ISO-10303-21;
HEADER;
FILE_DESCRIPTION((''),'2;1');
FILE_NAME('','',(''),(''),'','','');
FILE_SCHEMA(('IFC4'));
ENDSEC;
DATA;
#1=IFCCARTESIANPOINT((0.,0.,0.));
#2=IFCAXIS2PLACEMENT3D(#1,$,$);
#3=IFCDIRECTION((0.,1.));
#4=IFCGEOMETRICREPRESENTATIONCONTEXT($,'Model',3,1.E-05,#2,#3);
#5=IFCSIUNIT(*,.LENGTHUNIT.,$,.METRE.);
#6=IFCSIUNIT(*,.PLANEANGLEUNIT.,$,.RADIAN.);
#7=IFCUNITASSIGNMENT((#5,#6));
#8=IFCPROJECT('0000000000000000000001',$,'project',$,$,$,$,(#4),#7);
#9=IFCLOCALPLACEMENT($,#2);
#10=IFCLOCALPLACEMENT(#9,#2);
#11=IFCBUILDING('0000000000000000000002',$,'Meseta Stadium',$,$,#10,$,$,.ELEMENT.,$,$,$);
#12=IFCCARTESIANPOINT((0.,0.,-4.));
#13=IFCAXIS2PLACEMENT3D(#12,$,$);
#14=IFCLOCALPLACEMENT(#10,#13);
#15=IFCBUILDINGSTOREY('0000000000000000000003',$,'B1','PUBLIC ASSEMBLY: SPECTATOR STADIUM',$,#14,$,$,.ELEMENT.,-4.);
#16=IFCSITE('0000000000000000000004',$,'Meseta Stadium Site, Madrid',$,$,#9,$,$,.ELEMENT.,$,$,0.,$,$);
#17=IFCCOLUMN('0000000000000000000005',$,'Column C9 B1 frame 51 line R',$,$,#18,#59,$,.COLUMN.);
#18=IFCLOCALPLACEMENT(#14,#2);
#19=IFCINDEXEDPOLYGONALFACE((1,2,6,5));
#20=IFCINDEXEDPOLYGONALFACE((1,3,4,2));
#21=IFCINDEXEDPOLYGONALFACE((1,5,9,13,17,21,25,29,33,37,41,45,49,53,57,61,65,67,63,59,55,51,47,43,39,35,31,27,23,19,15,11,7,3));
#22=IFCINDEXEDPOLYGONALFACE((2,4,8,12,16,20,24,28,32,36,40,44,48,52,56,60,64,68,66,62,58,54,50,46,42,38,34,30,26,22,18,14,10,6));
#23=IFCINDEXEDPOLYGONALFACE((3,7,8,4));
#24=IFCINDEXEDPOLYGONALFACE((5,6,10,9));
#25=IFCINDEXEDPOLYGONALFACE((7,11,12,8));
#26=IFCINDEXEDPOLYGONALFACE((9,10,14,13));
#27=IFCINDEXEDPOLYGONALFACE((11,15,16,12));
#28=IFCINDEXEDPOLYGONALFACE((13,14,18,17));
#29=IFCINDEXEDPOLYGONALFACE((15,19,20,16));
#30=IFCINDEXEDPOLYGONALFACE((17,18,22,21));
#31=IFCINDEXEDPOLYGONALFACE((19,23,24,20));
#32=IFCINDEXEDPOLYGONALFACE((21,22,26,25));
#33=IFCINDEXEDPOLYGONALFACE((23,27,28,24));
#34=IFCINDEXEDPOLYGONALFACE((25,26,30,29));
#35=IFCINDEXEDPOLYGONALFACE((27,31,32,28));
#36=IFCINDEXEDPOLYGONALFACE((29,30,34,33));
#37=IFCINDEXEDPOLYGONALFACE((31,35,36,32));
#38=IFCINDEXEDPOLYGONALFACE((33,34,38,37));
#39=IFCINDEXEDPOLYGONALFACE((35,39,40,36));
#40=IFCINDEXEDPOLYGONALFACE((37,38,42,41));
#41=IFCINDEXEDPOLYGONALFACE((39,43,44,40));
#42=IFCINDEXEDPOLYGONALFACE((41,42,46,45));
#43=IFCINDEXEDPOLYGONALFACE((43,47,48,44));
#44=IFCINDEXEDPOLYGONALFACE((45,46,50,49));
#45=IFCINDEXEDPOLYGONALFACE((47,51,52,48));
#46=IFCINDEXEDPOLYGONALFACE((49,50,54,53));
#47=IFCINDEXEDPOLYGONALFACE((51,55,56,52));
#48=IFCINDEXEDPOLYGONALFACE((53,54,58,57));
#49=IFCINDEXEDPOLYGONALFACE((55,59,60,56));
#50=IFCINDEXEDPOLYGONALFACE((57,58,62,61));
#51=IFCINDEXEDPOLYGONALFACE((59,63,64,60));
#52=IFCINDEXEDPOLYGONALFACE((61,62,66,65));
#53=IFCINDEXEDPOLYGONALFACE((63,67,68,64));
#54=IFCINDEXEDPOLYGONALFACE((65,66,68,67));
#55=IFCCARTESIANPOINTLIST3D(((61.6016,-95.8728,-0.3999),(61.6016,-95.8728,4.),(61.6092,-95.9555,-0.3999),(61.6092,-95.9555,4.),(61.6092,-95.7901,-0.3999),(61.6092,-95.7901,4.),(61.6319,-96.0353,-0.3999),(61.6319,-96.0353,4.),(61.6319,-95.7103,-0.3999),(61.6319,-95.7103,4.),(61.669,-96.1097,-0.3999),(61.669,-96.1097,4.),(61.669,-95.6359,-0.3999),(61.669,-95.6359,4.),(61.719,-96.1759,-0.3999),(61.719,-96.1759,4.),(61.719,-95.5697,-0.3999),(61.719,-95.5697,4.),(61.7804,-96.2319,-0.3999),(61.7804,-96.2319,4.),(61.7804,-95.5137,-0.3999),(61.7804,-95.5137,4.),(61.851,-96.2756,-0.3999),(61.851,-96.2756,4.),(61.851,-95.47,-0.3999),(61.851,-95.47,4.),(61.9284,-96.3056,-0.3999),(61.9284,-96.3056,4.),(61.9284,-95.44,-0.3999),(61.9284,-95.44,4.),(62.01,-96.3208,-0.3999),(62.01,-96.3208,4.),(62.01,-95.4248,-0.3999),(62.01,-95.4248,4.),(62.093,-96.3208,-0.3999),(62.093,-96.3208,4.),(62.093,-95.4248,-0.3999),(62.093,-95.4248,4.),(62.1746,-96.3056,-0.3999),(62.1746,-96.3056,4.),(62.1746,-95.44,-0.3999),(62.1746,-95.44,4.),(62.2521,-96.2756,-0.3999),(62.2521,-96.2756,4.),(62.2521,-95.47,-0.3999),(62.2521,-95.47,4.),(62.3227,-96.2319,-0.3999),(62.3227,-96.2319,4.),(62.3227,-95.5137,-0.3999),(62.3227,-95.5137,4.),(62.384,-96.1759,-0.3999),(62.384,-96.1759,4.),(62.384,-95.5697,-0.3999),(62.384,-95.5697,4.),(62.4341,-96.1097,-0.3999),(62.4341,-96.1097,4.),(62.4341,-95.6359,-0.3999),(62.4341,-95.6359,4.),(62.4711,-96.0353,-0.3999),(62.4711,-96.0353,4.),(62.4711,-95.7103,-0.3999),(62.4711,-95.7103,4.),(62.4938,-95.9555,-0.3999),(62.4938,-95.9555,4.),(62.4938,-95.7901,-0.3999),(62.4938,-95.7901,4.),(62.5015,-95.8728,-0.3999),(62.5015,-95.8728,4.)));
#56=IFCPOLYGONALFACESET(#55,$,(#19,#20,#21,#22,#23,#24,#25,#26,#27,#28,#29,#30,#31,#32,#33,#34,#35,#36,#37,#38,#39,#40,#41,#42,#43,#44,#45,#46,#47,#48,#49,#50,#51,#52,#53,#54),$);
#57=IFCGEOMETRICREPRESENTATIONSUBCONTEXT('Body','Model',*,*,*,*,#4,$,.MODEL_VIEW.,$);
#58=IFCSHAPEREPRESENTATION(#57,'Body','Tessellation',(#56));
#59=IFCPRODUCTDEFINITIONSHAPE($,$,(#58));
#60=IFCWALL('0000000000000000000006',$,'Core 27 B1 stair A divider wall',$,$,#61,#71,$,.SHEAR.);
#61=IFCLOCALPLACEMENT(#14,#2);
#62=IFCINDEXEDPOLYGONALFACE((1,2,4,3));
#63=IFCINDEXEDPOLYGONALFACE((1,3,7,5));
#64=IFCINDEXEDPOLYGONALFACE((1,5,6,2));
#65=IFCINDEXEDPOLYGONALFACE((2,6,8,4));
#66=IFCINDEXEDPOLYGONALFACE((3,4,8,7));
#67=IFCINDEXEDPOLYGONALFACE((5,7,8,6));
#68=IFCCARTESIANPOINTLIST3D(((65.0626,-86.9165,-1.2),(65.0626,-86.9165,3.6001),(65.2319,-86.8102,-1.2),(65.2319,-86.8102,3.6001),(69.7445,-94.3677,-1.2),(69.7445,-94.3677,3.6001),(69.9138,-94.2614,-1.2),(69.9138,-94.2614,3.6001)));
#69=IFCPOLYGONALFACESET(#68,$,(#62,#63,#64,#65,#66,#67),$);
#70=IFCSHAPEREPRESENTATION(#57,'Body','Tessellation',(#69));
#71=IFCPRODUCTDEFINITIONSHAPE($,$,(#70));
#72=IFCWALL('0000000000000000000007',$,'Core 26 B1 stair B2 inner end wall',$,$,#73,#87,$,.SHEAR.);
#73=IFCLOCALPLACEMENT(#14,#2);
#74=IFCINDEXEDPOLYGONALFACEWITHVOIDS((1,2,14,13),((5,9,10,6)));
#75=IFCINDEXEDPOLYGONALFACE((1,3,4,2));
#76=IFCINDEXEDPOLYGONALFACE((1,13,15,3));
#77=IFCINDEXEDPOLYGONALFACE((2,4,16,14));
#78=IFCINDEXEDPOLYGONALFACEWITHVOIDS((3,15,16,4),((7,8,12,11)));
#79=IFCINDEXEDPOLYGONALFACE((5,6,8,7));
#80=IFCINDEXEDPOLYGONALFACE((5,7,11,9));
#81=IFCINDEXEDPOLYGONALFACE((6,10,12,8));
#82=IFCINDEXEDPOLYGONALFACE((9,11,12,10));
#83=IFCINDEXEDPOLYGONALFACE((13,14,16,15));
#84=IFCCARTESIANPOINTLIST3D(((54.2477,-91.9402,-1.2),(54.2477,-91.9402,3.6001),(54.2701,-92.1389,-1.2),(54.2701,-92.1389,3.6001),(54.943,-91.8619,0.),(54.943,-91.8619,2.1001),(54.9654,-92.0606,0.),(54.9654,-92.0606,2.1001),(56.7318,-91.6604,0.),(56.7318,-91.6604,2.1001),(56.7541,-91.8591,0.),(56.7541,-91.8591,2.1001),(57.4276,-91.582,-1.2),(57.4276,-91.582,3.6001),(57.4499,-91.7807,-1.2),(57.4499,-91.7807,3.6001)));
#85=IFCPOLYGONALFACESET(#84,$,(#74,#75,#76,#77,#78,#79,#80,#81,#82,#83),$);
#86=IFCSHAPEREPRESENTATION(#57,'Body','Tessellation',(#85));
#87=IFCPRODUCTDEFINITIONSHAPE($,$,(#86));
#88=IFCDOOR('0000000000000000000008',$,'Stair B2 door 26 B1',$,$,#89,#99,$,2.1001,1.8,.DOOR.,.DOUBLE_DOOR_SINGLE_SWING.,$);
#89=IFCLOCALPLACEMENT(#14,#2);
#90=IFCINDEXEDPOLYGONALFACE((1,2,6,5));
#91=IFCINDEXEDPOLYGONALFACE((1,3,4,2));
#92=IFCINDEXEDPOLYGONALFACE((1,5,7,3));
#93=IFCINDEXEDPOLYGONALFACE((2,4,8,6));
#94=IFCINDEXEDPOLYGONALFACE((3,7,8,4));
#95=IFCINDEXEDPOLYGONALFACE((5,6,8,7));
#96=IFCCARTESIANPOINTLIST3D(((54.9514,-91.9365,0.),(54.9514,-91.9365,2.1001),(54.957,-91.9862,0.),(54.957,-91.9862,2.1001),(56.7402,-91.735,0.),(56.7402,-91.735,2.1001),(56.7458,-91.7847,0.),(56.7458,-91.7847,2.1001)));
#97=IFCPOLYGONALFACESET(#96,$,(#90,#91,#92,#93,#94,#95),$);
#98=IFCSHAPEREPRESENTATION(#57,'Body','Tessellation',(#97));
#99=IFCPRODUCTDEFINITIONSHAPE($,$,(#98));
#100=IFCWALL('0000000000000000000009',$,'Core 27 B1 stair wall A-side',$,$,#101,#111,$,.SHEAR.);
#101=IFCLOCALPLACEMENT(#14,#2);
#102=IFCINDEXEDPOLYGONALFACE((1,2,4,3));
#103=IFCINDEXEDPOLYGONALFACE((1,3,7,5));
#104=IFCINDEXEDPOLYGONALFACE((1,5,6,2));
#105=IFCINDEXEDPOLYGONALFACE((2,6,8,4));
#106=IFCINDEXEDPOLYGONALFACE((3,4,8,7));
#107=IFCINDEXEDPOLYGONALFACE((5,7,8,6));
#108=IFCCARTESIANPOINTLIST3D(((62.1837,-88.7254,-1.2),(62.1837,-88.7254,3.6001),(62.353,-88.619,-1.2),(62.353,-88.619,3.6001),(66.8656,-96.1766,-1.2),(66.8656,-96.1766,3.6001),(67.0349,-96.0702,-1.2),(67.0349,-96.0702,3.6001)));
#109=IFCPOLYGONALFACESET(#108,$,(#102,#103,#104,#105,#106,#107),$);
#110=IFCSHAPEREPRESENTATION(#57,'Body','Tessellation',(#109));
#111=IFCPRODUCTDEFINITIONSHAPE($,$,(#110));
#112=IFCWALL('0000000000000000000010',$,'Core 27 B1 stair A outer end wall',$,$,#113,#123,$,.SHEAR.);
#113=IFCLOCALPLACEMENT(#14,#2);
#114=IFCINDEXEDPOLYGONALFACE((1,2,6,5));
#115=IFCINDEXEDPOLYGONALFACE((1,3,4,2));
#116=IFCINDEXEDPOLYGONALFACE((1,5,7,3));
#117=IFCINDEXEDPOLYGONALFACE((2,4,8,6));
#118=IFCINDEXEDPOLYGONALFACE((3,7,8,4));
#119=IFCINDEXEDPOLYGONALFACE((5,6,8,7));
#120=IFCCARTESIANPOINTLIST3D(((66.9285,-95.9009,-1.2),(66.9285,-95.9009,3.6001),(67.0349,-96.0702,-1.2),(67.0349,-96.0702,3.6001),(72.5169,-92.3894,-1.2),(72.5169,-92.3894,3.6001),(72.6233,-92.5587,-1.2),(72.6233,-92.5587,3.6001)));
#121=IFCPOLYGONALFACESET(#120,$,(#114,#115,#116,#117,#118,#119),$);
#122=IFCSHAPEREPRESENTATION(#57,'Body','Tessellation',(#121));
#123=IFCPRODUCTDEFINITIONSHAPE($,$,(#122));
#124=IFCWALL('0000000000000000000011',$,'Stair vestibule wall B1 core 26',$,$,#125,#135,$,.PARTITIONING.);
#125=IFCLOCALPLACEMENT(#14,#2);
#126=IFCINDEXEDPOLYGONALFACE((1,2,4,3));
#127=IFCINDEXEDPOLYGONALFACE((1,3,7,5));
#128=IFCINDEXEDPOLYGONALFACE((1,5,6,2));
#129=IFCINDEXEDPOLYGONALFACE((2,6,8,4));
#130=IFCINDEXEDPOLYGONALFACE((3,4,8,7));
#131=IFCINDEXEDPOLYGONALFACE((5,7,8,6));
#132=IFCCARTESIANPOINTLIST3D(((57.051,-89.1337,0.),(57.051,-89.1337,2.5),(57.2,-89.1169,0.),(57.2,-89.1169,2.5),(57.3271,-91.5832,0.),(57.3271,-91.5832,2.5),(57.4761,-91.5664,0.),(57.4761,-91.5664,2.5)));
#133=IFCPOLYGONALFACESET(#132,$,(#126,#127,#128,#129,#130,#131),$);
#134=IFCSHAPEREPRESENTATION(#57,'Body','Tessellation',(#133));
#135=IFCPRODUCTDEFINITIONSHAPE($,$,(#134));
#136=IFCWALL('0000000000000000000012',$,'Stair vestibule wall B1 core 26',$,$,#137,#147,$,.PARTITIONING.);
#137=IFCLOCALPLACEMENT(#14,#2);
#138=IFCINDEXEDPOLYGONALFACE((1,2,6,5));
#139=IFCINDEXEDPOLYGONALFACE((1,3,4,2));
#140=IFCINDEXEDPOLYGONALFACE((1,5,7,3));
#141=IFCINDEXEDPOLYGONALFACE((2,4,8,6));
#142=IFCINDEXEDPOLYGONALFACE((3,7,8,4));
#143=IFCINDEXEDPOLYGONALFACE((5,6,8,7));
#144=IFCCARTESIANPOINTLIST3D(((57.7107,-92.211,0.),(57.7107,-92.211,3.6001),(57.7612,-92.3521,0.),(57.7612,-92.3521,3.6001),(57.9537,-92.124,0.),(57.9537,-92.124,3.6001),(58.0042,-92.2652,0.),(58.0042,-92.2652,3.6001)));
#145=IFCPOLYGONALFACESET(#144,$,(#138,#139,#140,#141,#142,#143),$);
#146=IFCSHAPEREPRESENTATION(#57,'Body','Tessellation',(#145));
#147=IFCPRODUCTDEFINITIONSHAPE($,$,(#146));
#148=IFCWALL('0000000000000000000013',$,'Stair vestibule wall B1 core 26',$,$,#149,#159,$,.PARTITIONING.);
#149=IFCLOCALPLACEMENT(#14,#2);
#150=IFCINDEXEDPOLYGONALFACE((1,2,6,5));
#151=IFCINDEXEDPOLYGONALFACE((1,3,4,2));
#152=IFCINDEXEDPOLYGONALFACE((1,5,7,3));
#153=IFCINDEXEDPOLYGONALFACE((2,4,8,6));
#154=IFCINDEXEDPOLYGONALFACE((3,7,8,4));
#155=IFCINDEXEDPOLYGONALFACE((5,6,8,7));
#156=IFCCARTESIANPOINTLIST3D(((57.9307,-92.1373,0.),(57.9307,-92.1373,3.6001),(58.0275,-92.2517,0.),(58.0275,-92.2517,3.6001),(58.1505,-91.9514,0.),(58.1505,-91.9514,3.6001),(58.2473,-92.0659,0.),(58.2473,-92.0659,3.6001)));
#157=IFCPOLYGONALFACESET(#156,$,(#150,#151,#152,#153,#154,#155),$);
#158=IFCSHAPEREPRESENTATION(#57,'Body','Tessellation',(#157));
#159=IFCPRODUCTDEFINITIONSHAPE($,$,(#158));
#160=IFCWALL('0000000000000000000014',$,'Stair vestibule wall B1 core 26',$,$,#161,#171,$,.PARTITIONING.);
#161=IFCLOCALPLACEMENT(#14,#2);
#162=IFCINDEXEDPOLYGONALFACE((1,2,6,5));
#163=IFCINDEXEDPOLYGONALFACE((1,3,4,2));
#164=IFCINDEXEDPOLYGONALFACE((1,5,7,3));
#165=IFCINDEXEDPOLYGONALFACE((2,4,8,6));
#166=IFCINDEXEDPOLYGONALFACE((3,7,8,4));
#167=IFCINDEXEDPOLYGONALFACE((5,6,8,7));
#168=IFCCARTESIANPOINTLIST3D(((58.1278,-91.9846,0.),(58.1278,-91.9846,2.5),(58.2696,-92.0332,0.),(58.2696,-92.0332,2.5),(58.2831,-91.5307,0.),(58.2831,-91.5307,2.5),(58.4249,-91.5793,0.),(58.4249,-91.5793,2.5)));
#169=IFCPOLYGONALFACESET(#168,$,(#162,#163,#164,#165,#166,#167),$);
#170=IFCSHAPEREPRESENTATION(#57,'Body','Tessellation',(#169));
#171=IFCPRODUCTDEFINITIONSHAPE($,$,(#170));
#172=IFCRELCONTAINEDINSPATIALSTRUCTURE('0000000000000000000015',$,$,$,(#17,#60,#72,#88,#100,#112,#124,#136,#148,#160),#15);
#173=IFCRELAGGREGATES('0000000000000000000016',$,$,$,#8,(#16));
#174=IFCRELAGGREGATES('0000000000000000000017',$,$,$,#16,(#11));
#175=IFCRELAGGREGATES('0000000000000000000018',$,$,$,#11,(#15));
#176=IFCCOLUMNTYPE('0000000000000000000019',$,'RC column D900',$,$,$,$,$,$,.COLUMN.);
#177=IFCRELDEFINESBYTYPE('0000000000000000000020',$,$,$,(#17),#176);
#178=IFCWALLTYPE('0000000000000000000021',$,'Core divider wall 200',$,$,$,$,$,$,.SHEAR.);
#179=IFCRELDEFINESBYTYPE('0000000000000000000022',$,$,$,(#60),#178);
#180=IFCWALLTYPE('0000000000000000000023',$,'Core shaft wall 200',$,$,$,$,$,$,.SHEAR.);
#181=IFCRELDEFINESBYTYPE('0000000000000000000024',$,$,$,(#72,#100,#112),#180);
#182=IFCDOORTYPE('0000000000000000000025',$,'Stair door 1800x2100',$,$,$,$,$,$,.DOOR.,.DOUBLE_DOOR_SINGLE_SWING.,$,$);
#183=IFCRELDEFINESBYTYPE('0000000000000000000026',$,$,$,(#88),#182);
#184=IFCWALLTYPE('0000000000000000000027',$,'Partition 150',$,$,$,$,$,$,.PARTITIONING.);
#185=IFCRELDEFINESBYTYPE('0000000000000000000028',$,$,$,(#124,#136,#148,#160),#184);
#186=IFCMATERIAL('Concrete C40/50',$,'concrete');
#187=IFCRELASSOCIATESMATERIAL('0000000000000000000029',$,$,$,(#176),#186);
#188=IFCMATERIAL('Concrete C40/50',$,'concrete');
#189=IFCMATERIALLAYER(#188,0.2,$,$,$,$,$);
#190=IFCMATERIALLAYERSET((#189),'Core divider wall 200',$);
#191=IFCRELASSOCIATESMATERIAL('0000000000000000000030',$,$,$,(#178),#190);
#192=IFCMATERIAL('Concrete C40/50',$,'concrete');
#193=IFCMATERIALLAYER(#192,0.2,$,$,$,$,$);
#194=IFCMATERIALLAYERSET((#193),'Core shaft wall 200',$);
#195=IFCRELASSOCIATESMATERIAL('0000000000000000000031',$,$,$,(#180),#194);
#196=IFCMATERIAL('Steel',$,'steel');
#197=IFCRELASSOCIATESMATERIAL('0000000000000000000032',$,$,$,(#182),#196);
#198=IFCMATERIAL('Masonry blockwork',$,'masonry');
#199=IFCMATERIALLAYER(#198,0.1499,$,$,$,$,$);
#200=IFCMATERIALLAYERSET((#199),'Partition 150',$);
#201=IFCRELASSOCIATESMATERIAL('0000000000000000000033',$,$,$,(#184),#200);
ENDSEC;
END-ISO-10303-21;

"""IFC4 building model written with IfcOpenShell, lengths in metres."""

from ifc_helpers import new_model, si_unit, direction, frame, frame_2d, origin, origin_2d, place, context, subcontext, project, spatial, rectangle, circle, extrude, material, layer, layer_set, material_profile, profile_set, type_object, element, fill, save


model = new_model("IFC4")

# Units and contexts
model_context = context("Model", 3, precision=1e-05, world=origin(), true_north=direction((0.0, 1.0)))
body_context = subcontext(model_context, "Body", "Model", "MODEL_VIEW")
ifc_project = project(units=[si_unit("LENGTHUNIT", "METRE"), si_unit("PLANEANGLEUNIT", "RADIAN")], contexts=[model_context])

# Site, building, storey
site_placement = place(None, origin())
site = spatial("IfcSite", under=ifc_project, at=site_placement, Name="Meseta Stadium Site, Madrid", CompositionType="ELEMENT", RefElevation=0.0)
building_placement = place(site_placement, origin())
building = spatial("IfcBuilding", under=site, at=building_placement, Name="Meseta Stadium", CompositionType="ELEMENT")
storey_placement = place(building_placement, frame((0.0, 0.0, -4.0)))
storey = spatial("IfcBuildingStorey", under=building, at=storey_placement, Name="B1", Description="PUBLIC ASSEMBLY: SPECTATOR STADIUM", CompositionType="ELEMENT", Elevation=-4.0)

# Column
ifc_material_1 = material(Name="Concrete C40/50", Category="concrete")
ifc_material_profile = material_profile(ifc_material_1, circle(Radius=0.45, at=origin_2d()), Name="RC D900")
ifc_profile_set = profile_set([ifc_material_profile], Name="Concrete C40/50")
column_type = type_object("IfcColumnType", Name="RC column D900", PredefinedType="COLUMN", material=ifc_profile_set)
column_placement = place(storey_placement, frame((62.0515, -95.8728, -0.3999), z_axis=(0.0, 0.0, 1.0), x_axis=(1.0, 0.0, 0.0)))
element("IfcColumn", 1, at=column_placement, inside=storey, type_object=column_type, Name="Column C9 B1 frame 51 line R", PredefinedType="COLUMN", context=body_context, shape_type="SweptSolid", body=[
    extrude(circle(Radius=0.45, at=origin_2d()), origin(), (0.0, 0.0, 1.0), 4.3999),
])

# Wall
ifc_material_2 = material(Name="Concrete C40/50", Category="concrete")
ifc_layer_1 = layer(ifc_material_2, 0.2)
ifc_layer_set_1 = layer_set([ifc_layer_1], Name="Core divider wall 200")
wall_type_1 = type_object("IfcWallType", Name="Core divider wall 200", PredefinedType="SHEAR", material=ifc_layer_set_1)
wall_1_placement = place(storey_placement, frame((69.8291, -94.3145, -1.2), z_axis=(0.0, 0.0, 1.0), x_axis=(-0.532032, 0.846724, 0.0)))
element("IfcWall", 2, at=wall_1_placement, inside=storey, type_object=wall_type_1, Name="Core 27 B1 stair A divider wall", PredefinedType="SHEAR", context=body_context, shape_type="SweptSolid", body=[
    extrude(rectangle(XDim=8.8, YDim=0.2, at=frame_2d((4.3999, 0.0))), origin(), (0.0, 0.0, 1.0), 4.8),
])

# Wall, opening, door
ifc_material_3 = material(Name="Concrete C40/50", Category="concrete")
ifc_layer_2 = layer(ifc_material_3, 0.2)
ifc_layer_set_2 = layer_set([ifc_layer_2], Name="Core shaft wall 200")
wall_type_2 = type_object("IfcWallType", Name="Core shaft wall 200", PredefinedType="SHEAR", material=ifc_layer_set_2)
wall_2_placement = place(storey_placement, frame((54.2588, -92.0396, -1.2), z_axis=(0.0, 0.0, 1.0), x_axis=(0.993717, 0.111922, 0.0)))
wall_2 = element("IfcWall", 3, at=wall_2_placement, inside=storey, type_object=wall_type_2, Name="Core 26 B1 stair B2 inner end wall", PredefinedType="SHEAR", context=body_context, shape_type="SweptSolid", body=[
    extrude(rectangle(XDim=3.2, YDim=0.2, at=frame_2d((1.6001, 0.0))), origin(), (0.0, 0.0, 1.0), 4.8),
])
opening_placement = place(wall_2_placement, frame((0.7, 0.0, 1.2)))
opening = element("IfcOpeningElement", 4, at=opening_placement, cuts=wall_2, PredefinedType="OPENING", context=body_context, shape_type="SweptSolid", body=[
    extrude(rectangle(XDim=1.8, YDim=2.1001, at=frame_2d((0.8999, 1.05))), frame((0.0, 0.1099, 0.0), z_axis=(0.0, -1.0, 0.0), x_axis=(1.0, 0.0, 0.0)), (0.0, 0.0, 1.0), 0.22),
])
ifc_material_4 = material(Name="Steel", Category="steel")
door_type = type_object("IfcDoorType", Name="Stair door 1800x2100", OperationType="DOUBLE_DOOR_SINGLE_SWING", PredefinedType="DOOR", material=ifc_material_4)
door_placement = place(opening_placement, origin())
door = element("IfcDoor", 5, at=door_placement, inside=storey, type_object=door_type, Name="Stair B2 door 26 B1", OperationType="DOUBLE_DOOR_SINGLE_SWING", OverallHeight=2.1001, OverallWidth=1.8, PredefinedType="DOOR", context=body_context, shape_type="SweptSolid", body=[
    extrude(rectangle(XDim=1.8, YDim=2.1001, at=frame_2d((0.8999, 1.05))), frame((0.0, 0.0249, 0.0), z_axis=(0.0, -1.0, 0.0), x_axis=(1.0, 0.0, 0.0)), (0.0, 0.0, 1.0), 0.05),
])
fill(opening, door)

# Walls
wall_3_placement = place(storey_placement, frame((66.9502, -96.1233, -1.2), z_axis=(0.0, 0.0, 1.0), x_axis=(-0.532032, 0.846724, 0.0)))
element("IfcWall", 6, at=wall_3_placement, inside=storey, type_object=wall_type_2, Name="Core 27 B1 stair wall A-side", PredefinedType="SHEAR", context=body_context, shape_type="SweptSolid", body=[
    extrude(rectangle(XDim=8.8, YDim=0.2, at=frame_2d((4.3999, 0.0))), origin(), (0.0, 0.0, 1.0), 4.8),
])
wall_4_placement = place(storey_placement, frame((66.9817, -95.9856, -1.2), z_axis=(0.0, 0.0, 1.0), x_axis=(0.84672, 0.532039, 0.0)))
element("IfcWall", 7, at=wall_4_placement, inside=storey, type_object=wall_type_2, Name="Core 27 B1 stair A outer end wall", PredefinedType="SHEAR", context=body_context, shape_type="SweptSolid", body=[
    extrude(rectangle(XDim=6.6001, YDim=0.2, at=frame_2d((3.3, 0.0))), origin(), (0.0, 0.0, 1.0), 4.8),
])
ifc_material_5 = material(Name="Masonry blockwork", Category="masonry")
ifc_layer_3 = layer(ifc_material_5, 0.1499)
ifc_layer_set_3 = layer_set([ifc_layer_3], Name="Partition 150")
wall_type_3 = type_object("IfcWallType", Name="Partition 150", PredefinedType="PARTITIONING", material=ifc_layer_set_3)
wall_5_placement = place(storey_placement, frame((57.4016, -91.5747, 0.0), z_axis=(0.0, 0.0, 1.0), x_axis=(-0.112019, 0.993706, 0.0)))
element("IfcWall", 8, at=wall_5_placement, inside=storey, type_object=wall_type_3, Name="Stair vestibule wall B1 core 26", PredefinedType="PARTITIONING", context=body_context, shape_type="SweptSolid", body=[
    extrude(rectangle(XDim=2.4651, YDim=0.1499, at=frame_2d((1.2324, 0.0))), origin(), (0.0, 0.0, 1.0), 2.5),
])
wall_6_placement = place(storey_placement, frame((57.7361, -92.2815, 0.0), z_axis=(0.0, 0.0, 1.0), x_axis=(0.941549, 0.336876, 0.0)))
element("IfcWall", 9, at=wall_6_placement, inside=storey, type_object=wall_type_3, Name="Stair vestibule wall B1 core 26", PredefinedType="PARTITIONING", context=body_context, shape_type="SweptSolid", body=[
    extrude(rectangle(XDim=0.2581, YDim=0.1499, at=frame_2d((0.1289, 0.0))), origin(), (0.0, 0.0, 1.0), 3.6001),
])
wall_7_placement = place(storey_placement, frame((57.979, -92.1946, 0.0), z_axis=(0.0, 0.0, 1.0), x_axis=(0.763612, 0.645676, 0.0)))
element("IfcWall", 10, at=wall_7_placement, inside=storey, type_object=wall_type_3, Name="Stair vestibule wall B1 core 26", PredefinedType="PARTITIONING", context=body_context, shape_type="SweptSolid", body=[
    extrude(rectangle(XDim=0.2878, YDim=0.1499, at=frame_2d((0.144, 0.0))), origin(), (0.0, 0.0, 1.0), 3.6001),
])
wall_8_placement = place(storey_placement, frame((58.1987, -92.0088, 0.0), z_axis=(0.0, 0.0, 1.0), x_axis=(0.3237, 0.94616, 0.0)))
element("IfcWall", 11, at=wall_8_placement, inside=storey, type_object=wall_type_3, Name="Stair vestibule wall B1 core 26", PredefinedType="PARTITIONING", context=body_context, shape_type="SweptSolid", body=[
    extrude(rectangle(XDim=0.4797, YDim=0.1499, at=frame_2d((0.2397, 0.0))), origin(), (0.0, 0.0, 1.0), 2.5),
])

save(model, "model.ifc")
